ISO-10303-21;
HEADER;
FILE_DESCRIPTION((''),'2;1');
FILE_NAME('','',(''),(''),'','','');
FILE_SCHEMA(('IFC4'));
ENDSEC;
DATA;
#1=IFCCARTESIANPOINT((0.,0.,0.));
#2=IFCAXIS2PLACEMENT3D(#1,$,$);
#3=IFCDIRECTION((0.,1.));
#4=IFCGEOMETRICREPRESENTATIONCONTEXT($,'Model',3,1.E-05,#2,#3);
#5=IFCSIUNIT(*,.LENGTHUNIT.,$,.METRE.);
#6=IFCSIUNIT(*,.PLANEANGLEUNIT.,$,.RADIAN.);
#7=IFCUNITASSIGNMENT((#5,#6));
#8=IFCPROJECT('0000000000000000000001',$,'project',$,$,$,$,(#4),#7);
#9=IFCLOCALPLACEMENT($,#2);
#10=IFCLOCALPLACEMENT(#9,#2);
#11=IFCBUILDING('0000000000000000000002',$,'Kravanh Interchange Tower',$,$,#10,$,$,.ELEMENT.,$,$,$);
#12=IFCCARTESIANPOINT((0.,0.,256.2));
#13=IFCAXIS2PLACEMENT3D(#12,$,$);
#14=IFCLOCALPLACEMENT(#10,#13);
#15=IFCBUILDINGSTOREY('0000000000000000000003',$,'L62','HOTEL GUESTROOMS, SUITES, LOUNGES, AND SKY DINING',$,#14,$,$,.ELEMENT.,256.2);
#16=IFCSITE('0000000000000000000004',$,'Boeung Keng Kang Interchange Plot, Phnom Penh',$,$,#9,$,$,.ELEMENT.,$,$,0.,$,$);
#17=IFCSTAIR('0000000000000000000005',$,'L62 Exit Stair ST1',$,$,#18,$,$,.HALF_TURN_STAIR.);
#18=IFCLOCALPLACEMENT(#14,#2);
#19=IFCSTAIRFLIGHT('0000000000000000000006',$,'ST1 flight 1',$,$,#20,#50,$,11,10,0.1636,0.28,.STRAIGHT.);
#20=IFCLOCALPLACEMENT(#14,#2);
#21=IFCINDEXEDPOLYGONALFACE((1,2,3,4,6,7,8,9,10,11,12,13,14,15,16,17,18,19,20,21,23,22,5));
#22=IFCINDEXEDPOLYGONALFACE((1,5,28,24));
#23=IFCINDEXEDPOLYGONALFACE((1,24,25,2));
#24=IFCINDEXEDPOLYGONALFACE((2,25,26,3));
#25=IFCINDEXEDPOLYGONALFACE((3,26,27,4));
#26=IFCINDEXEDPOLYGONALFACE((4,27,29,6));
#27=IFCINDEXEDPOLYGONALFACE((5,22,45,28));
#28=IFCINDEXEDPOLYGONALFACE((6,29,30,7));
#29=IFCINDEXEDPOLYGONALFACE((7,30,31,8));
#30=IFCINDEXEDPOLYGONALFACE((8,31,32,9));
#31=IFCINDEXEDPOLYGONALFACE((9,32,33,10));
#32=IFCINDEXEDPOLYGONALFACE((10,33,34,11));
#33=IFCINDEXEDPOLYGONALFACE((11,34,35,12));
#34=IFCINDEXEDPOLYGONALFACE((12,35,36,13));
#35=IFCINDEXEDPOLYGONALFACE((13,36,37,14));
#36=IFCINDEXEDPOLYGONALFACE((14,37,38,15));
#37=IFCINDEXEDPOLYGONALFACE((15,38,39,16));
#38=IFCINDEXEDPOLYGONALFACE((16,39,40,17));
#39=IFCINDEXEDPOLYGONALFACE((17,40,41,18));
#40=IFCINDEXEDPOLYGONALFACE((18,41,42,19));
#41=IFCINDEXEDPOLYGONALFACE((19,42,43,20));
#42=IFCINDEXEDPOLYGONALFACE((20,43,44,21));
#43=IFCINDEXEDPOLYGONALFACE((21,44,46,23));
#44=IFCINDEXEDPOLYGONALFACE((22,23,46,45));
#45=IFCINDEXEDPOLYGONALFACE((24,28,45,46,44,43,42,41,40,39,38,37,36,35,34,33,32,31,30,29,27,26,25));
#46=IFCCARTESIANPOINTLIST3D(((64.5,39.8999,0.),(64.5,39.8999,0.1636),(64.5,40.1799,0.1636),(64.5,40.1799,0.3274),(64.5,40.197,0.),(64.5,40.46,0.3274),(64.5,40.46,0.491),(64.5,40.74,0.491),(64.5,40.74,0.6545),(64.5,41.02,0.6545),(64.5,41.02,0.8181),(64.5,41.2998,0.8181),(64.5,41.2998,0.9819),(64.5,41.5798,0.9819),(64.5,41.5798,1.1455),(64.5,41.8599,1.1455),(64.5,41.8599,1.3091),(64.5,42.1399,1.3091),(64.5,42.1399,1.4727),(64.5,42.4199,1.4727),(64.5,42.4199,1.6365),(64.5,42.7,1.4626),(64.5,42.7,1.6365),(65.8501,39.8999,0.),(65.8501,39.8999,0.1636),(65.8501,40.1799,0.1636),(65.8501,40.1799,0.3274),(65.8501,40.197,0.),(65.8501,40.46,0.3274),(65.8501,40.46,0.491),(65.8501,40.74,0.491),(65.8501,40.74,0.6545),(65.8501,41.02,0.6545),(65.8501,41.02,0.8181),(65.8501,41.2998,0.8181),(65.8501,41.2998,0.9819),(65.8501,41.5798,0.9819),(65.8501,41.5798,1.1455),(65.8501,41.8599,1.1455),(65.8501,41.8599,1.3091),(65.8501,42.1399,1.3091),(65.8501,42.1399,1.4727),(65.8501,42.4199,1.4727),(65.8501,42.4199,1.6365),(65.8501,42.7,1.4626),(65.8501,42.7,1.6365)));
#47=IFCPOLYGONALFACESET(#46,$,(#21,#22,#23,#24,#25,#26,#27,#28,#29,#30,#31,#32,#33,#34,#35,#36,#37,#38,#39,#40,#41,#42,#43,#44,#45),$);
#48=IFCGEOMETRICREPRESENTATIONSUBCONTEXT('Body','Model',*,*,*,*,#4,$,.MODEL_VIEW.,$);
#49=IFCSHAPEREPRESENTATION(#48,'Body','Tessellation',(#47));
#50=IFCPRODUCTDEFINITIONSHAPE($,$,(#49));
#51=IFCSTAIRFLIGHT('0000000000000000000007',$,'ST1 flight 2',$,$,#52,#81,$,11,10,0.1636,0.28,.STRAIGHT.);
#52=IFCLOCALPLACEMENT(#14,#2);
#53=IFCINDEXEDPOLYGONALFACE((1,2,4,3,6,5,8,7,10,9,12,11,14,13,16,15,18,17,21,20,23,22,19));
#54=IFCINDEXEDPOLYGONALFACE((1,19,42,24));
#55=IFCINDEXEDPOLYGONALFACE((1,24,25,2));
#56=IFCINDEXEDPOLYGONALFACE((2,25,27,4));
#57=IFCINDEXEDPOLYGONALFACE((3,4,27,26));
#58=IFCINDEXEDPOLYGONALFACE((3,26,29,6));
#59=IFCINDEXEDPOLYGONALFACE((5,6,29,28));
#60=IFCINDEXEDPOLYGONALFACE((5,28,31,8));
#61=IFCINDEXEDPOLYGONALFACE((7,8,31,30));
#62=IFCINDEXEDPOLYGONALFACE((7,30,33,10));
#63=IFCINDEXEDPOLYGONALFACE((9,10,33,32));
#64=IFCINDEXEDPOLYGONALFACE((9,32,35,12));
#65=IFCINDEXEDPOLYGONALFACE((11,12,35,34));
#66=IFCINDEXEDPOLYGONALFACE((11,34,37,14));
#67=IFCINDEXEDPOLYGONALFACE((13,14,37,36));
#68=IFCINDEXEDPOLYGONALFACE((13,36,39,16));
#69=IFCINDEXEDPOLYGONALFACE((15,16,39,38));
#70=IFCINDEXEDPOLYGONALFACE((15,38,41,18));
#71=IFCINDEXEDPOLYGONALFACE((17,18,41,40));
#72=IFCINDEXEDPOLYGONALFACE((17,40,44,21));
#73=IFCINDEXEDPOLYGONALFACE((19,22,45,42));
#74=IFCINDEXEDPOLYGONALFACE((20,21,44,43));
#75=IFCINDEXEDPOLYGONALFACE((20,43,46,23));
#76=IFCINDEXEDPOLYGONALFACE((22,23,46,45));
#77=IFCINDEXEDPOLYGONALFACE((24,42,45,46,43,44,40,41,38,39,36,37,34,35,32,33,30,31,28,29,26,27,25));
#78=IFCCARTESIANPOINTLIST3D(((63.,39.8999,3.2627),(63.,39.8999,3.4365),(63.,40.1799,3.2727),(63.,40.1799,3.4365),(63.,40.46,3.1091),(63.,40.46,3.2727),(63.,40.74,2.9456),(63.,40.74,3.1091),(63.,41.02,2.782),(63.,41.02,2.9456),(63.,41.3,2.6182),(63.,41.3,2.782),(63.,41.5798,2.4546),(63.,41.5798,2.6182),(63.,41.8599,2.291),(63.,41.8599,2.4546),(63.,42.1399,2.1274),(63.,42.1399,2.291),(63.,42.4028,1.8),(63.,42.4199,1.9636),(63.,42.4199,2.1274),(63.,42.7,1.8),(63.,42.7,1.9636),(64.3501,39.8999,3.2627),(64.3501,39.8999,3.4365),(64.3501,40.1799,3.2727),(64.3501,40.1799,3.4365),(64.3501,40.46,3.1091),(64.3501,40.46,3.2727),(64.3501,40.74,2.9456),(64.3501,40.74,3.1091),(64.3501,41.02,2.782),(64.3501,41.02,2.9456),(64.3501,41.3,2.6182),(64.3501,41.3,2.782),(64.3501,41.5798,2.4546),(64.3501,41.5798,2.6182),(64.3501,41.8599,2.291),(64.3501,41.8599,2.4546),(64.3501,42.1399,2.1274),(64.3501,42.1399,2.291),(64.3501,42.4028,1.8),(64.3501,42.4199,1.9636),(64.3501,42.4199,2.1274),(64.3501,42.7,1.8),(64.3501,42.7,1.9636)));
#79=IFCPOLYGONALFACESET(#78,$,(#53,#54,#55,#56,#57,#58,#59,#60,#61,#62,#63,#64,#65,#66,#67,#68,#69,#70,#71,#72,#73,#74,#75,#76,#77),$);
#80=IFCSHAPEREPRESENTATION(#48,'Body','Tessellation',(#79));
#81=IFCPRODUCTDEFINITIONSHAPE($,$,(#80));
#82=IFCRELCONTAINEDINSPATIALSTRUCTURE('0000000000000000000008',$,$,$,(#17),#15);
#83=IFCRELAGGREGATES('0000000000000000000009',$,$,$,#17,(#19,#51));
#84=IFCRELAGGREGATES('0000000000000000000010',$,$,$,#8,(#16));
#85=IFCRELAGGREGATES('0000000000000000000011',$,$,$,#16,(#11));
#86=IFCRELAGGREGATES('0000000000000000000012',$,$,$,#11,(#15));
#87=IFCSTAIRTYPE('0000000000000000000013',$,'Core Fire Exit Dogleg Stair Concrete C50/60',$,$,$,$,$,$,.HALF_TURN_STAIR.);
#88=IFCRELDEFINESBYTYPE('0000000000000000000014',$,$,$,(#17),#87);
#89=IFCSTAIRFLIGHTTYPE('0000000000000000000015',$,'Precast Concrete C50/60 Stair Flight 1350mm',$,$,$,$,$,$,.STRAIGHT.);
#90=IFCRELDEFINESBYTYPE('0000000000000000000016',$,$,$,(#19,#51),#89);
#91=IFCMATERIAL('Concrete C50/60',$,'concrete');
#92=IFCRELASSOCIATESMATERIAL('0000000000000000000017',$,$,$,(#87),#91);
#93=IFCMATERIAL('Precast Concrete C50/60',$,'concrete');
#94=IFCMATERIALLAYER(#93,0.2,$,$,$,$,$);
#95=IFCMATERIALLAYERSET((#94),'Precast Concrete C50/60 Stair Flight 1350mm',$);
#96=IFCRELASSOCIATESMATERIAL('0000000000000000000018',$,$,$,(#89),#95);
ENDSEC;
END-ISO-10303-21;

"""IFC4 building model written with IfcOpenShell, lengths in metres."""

from ifc_helpers import new_model, si_unit, direction, frame, origin, place, context, subcontext, project, spatial, polyline, outline, extrude, material, layer, layer_set, type_object, element, aggregate, save


model = new_model("IFC4")

# Units and contexts
model_context = context("Model", 3, precision=1e-05, world=origin(), true_north=direction((0.0, 1.0)))
body_context = subcontext(model_context, "Body", "Model", "MODEL_VIEW")
ifc_project = project(units=[si_unit("LENGTHUNIT", "METRE"), si_unit("PLANEANGLEUNIT", "RADIAN")], contexts=[model_context])

# Site, building, storey
site_placement = place(None, origin())
site = spatial("IfcSite", under=ifc_project, at=site_placement, Name="Boeung Keng Kang Interchange Plot, Phnom Penh", CompositionType="ELEMENT", RefElevation=0.0)
building_placement = place(site_placement, origin())
building = spatial("IfcBuilding", under=site, at=building_placement, Name="Kravanh Interchange Tower", CompositionType="ELEMENT")
storey_placement = place(building_placement, frame((0.0, 0.0, 256.2)))
storey = spatial("IfcBuildingStorey", under=building, at=storey_placement, Name="L62", Description="HOTEL GUESTROOMS, SUITES, LOUNGES, AND SKY DINING", CompositionType="ELEMENT", Elevation=256.2)

# Stair, stair flights
ifc_material_1 = material(Name="Concrete C50/60", Category="concrete")
stair_type = type_object("IfcStairType", Name="Core Fire Exit Dogleg Stair Concrete C50/60", PredefinedType="HALF_TURN_STAIR", material=ifc_material_1)
stair_placement = place(storey_placement, origin())
stair = element("IfcStair", 1, at=stair_placement, inside=storey, type_object=stair_type, Name="L62 Exit Stair ST1", PredefinedType="HALF_TURN_STAIR")
ifc_material_2 = material(Name="Precast Concrete C50/60", Category="concrete")
ifc_layer_1 = layer(ifc_material_2, 0.2)
ifc_layer_set_1 = layer_set([ifc_layer_1], Name="Precast Concrete C50/60 Stair Flight 1350mm")
stair_flight_type = type_object("IfcStairFlightType", Name="Precast Concrete C50/60 Stair Flight 1350mm", PredefinedType="STRAIGHT", material=ifc_layer_set_1)
stair_flight_1_placement = place(storey_placement, frame((65.175, 39.8999, 0.0), z_axis=(0.0, 0.0, 1.0), x_axis=(0.0, 1.0, 0.0)))
stair_flight_1 = element("IfcStairFlight", 2, at=stair_flight_1_placement, type_object=stair_flight_type, Name="ST1 flight 1", NumberOfRisers=11, NumberOfTreads=10, PredefinedType="STRAIGHT", RiserHeight=0.1636, TreadLength=0.28, context=body_context, shape_type="SweptSolid", body=[
    extrude(outline(polyline([(0.0, 0.0), (0.0, 0.1636), (0.28, 0.1636), (0.28, 0.3274), (0.5601, 0.3274), (0.5601, 0.491), (0.8401, 0.491), (0.8401, 0.6545), (1.1201, 0.6545), (1.1201, 0.8181), (1.3999, 0.8181), (1.3999, 0.9819), (1.6799, 0.9819), (1.6799, 1.1455), (1.96, 1.1455), (1.96, 1.3091), (2.24, 1.3091), (2.24, 1.4727), (2.52, 1.4727), (2.52, 1.6365), (2.8, 1.6365), (2.8, 1.8), (2.8, 1.4626), (0.2971, 0.0), (0.0, 0.0)])), frame((0.0, 0.675, 0.0), z_axis=(0.0, -1.0, 0.0), x_axis=(1.0, 0.0, 0.0)), (0.0, 0.0, 1.0), 1.3501),
])
stair_flight_2_placement = place(storey_placement, frame((63.675, 42.7, 1.8), z_axis=(0.0, 0.0, 1.0), x_axis=(0.0, -1.0, 0.0)))
stair_flight_2 = element("IfcStairFlight", 3, at=stair_flight_2_placement, type_object=stair_flight_type, Name="ST1 flight 2", NumberOfRisers=11, NumberOfTreads=10, PredefinedType="STRAIGHT", RiserHeight=0.1636, TreadLength=0.28, context=body_context, shape_type="SweptSolid", body=[
    extrude(outline(polyline([(0.0, 0.0), (0.0, 0.1636), (0.28, 0.1636), (0.28, 0.3274), (0.5601, 0.3274), (0.5601, 0.491), (0.8401, 0.491), (0.8401, 0.6545), (1.1201, 0.6545), (1.1201, 0.8181), (1.3999, 0.8181), (1.3999, 0.9819), (1.6799, 0.9819), (1.6799, 1.1455), (1.96, 1.1455), (1.96, 1.3091), (2.24, 1.3091), (2.24, 1.4727), (2.52, 1.4727), (2.52, 1.6365), (2.8, 1.6365), (2.8, 1.8), (2.8, 1.4626), (0.2971, 0.0), (0.0, 0.0)])), frame((0.0, 0.675, 0.0), z_axis=(0.0, -1.0, 0.0), x_axis=(1.0, 0.0, 0.0)), (0.0, 0.0, 1.0), 1.3501),
])
aggregate(stair, [stair_flight_1, stair_flight_2])

save(model, "model.ifc")
